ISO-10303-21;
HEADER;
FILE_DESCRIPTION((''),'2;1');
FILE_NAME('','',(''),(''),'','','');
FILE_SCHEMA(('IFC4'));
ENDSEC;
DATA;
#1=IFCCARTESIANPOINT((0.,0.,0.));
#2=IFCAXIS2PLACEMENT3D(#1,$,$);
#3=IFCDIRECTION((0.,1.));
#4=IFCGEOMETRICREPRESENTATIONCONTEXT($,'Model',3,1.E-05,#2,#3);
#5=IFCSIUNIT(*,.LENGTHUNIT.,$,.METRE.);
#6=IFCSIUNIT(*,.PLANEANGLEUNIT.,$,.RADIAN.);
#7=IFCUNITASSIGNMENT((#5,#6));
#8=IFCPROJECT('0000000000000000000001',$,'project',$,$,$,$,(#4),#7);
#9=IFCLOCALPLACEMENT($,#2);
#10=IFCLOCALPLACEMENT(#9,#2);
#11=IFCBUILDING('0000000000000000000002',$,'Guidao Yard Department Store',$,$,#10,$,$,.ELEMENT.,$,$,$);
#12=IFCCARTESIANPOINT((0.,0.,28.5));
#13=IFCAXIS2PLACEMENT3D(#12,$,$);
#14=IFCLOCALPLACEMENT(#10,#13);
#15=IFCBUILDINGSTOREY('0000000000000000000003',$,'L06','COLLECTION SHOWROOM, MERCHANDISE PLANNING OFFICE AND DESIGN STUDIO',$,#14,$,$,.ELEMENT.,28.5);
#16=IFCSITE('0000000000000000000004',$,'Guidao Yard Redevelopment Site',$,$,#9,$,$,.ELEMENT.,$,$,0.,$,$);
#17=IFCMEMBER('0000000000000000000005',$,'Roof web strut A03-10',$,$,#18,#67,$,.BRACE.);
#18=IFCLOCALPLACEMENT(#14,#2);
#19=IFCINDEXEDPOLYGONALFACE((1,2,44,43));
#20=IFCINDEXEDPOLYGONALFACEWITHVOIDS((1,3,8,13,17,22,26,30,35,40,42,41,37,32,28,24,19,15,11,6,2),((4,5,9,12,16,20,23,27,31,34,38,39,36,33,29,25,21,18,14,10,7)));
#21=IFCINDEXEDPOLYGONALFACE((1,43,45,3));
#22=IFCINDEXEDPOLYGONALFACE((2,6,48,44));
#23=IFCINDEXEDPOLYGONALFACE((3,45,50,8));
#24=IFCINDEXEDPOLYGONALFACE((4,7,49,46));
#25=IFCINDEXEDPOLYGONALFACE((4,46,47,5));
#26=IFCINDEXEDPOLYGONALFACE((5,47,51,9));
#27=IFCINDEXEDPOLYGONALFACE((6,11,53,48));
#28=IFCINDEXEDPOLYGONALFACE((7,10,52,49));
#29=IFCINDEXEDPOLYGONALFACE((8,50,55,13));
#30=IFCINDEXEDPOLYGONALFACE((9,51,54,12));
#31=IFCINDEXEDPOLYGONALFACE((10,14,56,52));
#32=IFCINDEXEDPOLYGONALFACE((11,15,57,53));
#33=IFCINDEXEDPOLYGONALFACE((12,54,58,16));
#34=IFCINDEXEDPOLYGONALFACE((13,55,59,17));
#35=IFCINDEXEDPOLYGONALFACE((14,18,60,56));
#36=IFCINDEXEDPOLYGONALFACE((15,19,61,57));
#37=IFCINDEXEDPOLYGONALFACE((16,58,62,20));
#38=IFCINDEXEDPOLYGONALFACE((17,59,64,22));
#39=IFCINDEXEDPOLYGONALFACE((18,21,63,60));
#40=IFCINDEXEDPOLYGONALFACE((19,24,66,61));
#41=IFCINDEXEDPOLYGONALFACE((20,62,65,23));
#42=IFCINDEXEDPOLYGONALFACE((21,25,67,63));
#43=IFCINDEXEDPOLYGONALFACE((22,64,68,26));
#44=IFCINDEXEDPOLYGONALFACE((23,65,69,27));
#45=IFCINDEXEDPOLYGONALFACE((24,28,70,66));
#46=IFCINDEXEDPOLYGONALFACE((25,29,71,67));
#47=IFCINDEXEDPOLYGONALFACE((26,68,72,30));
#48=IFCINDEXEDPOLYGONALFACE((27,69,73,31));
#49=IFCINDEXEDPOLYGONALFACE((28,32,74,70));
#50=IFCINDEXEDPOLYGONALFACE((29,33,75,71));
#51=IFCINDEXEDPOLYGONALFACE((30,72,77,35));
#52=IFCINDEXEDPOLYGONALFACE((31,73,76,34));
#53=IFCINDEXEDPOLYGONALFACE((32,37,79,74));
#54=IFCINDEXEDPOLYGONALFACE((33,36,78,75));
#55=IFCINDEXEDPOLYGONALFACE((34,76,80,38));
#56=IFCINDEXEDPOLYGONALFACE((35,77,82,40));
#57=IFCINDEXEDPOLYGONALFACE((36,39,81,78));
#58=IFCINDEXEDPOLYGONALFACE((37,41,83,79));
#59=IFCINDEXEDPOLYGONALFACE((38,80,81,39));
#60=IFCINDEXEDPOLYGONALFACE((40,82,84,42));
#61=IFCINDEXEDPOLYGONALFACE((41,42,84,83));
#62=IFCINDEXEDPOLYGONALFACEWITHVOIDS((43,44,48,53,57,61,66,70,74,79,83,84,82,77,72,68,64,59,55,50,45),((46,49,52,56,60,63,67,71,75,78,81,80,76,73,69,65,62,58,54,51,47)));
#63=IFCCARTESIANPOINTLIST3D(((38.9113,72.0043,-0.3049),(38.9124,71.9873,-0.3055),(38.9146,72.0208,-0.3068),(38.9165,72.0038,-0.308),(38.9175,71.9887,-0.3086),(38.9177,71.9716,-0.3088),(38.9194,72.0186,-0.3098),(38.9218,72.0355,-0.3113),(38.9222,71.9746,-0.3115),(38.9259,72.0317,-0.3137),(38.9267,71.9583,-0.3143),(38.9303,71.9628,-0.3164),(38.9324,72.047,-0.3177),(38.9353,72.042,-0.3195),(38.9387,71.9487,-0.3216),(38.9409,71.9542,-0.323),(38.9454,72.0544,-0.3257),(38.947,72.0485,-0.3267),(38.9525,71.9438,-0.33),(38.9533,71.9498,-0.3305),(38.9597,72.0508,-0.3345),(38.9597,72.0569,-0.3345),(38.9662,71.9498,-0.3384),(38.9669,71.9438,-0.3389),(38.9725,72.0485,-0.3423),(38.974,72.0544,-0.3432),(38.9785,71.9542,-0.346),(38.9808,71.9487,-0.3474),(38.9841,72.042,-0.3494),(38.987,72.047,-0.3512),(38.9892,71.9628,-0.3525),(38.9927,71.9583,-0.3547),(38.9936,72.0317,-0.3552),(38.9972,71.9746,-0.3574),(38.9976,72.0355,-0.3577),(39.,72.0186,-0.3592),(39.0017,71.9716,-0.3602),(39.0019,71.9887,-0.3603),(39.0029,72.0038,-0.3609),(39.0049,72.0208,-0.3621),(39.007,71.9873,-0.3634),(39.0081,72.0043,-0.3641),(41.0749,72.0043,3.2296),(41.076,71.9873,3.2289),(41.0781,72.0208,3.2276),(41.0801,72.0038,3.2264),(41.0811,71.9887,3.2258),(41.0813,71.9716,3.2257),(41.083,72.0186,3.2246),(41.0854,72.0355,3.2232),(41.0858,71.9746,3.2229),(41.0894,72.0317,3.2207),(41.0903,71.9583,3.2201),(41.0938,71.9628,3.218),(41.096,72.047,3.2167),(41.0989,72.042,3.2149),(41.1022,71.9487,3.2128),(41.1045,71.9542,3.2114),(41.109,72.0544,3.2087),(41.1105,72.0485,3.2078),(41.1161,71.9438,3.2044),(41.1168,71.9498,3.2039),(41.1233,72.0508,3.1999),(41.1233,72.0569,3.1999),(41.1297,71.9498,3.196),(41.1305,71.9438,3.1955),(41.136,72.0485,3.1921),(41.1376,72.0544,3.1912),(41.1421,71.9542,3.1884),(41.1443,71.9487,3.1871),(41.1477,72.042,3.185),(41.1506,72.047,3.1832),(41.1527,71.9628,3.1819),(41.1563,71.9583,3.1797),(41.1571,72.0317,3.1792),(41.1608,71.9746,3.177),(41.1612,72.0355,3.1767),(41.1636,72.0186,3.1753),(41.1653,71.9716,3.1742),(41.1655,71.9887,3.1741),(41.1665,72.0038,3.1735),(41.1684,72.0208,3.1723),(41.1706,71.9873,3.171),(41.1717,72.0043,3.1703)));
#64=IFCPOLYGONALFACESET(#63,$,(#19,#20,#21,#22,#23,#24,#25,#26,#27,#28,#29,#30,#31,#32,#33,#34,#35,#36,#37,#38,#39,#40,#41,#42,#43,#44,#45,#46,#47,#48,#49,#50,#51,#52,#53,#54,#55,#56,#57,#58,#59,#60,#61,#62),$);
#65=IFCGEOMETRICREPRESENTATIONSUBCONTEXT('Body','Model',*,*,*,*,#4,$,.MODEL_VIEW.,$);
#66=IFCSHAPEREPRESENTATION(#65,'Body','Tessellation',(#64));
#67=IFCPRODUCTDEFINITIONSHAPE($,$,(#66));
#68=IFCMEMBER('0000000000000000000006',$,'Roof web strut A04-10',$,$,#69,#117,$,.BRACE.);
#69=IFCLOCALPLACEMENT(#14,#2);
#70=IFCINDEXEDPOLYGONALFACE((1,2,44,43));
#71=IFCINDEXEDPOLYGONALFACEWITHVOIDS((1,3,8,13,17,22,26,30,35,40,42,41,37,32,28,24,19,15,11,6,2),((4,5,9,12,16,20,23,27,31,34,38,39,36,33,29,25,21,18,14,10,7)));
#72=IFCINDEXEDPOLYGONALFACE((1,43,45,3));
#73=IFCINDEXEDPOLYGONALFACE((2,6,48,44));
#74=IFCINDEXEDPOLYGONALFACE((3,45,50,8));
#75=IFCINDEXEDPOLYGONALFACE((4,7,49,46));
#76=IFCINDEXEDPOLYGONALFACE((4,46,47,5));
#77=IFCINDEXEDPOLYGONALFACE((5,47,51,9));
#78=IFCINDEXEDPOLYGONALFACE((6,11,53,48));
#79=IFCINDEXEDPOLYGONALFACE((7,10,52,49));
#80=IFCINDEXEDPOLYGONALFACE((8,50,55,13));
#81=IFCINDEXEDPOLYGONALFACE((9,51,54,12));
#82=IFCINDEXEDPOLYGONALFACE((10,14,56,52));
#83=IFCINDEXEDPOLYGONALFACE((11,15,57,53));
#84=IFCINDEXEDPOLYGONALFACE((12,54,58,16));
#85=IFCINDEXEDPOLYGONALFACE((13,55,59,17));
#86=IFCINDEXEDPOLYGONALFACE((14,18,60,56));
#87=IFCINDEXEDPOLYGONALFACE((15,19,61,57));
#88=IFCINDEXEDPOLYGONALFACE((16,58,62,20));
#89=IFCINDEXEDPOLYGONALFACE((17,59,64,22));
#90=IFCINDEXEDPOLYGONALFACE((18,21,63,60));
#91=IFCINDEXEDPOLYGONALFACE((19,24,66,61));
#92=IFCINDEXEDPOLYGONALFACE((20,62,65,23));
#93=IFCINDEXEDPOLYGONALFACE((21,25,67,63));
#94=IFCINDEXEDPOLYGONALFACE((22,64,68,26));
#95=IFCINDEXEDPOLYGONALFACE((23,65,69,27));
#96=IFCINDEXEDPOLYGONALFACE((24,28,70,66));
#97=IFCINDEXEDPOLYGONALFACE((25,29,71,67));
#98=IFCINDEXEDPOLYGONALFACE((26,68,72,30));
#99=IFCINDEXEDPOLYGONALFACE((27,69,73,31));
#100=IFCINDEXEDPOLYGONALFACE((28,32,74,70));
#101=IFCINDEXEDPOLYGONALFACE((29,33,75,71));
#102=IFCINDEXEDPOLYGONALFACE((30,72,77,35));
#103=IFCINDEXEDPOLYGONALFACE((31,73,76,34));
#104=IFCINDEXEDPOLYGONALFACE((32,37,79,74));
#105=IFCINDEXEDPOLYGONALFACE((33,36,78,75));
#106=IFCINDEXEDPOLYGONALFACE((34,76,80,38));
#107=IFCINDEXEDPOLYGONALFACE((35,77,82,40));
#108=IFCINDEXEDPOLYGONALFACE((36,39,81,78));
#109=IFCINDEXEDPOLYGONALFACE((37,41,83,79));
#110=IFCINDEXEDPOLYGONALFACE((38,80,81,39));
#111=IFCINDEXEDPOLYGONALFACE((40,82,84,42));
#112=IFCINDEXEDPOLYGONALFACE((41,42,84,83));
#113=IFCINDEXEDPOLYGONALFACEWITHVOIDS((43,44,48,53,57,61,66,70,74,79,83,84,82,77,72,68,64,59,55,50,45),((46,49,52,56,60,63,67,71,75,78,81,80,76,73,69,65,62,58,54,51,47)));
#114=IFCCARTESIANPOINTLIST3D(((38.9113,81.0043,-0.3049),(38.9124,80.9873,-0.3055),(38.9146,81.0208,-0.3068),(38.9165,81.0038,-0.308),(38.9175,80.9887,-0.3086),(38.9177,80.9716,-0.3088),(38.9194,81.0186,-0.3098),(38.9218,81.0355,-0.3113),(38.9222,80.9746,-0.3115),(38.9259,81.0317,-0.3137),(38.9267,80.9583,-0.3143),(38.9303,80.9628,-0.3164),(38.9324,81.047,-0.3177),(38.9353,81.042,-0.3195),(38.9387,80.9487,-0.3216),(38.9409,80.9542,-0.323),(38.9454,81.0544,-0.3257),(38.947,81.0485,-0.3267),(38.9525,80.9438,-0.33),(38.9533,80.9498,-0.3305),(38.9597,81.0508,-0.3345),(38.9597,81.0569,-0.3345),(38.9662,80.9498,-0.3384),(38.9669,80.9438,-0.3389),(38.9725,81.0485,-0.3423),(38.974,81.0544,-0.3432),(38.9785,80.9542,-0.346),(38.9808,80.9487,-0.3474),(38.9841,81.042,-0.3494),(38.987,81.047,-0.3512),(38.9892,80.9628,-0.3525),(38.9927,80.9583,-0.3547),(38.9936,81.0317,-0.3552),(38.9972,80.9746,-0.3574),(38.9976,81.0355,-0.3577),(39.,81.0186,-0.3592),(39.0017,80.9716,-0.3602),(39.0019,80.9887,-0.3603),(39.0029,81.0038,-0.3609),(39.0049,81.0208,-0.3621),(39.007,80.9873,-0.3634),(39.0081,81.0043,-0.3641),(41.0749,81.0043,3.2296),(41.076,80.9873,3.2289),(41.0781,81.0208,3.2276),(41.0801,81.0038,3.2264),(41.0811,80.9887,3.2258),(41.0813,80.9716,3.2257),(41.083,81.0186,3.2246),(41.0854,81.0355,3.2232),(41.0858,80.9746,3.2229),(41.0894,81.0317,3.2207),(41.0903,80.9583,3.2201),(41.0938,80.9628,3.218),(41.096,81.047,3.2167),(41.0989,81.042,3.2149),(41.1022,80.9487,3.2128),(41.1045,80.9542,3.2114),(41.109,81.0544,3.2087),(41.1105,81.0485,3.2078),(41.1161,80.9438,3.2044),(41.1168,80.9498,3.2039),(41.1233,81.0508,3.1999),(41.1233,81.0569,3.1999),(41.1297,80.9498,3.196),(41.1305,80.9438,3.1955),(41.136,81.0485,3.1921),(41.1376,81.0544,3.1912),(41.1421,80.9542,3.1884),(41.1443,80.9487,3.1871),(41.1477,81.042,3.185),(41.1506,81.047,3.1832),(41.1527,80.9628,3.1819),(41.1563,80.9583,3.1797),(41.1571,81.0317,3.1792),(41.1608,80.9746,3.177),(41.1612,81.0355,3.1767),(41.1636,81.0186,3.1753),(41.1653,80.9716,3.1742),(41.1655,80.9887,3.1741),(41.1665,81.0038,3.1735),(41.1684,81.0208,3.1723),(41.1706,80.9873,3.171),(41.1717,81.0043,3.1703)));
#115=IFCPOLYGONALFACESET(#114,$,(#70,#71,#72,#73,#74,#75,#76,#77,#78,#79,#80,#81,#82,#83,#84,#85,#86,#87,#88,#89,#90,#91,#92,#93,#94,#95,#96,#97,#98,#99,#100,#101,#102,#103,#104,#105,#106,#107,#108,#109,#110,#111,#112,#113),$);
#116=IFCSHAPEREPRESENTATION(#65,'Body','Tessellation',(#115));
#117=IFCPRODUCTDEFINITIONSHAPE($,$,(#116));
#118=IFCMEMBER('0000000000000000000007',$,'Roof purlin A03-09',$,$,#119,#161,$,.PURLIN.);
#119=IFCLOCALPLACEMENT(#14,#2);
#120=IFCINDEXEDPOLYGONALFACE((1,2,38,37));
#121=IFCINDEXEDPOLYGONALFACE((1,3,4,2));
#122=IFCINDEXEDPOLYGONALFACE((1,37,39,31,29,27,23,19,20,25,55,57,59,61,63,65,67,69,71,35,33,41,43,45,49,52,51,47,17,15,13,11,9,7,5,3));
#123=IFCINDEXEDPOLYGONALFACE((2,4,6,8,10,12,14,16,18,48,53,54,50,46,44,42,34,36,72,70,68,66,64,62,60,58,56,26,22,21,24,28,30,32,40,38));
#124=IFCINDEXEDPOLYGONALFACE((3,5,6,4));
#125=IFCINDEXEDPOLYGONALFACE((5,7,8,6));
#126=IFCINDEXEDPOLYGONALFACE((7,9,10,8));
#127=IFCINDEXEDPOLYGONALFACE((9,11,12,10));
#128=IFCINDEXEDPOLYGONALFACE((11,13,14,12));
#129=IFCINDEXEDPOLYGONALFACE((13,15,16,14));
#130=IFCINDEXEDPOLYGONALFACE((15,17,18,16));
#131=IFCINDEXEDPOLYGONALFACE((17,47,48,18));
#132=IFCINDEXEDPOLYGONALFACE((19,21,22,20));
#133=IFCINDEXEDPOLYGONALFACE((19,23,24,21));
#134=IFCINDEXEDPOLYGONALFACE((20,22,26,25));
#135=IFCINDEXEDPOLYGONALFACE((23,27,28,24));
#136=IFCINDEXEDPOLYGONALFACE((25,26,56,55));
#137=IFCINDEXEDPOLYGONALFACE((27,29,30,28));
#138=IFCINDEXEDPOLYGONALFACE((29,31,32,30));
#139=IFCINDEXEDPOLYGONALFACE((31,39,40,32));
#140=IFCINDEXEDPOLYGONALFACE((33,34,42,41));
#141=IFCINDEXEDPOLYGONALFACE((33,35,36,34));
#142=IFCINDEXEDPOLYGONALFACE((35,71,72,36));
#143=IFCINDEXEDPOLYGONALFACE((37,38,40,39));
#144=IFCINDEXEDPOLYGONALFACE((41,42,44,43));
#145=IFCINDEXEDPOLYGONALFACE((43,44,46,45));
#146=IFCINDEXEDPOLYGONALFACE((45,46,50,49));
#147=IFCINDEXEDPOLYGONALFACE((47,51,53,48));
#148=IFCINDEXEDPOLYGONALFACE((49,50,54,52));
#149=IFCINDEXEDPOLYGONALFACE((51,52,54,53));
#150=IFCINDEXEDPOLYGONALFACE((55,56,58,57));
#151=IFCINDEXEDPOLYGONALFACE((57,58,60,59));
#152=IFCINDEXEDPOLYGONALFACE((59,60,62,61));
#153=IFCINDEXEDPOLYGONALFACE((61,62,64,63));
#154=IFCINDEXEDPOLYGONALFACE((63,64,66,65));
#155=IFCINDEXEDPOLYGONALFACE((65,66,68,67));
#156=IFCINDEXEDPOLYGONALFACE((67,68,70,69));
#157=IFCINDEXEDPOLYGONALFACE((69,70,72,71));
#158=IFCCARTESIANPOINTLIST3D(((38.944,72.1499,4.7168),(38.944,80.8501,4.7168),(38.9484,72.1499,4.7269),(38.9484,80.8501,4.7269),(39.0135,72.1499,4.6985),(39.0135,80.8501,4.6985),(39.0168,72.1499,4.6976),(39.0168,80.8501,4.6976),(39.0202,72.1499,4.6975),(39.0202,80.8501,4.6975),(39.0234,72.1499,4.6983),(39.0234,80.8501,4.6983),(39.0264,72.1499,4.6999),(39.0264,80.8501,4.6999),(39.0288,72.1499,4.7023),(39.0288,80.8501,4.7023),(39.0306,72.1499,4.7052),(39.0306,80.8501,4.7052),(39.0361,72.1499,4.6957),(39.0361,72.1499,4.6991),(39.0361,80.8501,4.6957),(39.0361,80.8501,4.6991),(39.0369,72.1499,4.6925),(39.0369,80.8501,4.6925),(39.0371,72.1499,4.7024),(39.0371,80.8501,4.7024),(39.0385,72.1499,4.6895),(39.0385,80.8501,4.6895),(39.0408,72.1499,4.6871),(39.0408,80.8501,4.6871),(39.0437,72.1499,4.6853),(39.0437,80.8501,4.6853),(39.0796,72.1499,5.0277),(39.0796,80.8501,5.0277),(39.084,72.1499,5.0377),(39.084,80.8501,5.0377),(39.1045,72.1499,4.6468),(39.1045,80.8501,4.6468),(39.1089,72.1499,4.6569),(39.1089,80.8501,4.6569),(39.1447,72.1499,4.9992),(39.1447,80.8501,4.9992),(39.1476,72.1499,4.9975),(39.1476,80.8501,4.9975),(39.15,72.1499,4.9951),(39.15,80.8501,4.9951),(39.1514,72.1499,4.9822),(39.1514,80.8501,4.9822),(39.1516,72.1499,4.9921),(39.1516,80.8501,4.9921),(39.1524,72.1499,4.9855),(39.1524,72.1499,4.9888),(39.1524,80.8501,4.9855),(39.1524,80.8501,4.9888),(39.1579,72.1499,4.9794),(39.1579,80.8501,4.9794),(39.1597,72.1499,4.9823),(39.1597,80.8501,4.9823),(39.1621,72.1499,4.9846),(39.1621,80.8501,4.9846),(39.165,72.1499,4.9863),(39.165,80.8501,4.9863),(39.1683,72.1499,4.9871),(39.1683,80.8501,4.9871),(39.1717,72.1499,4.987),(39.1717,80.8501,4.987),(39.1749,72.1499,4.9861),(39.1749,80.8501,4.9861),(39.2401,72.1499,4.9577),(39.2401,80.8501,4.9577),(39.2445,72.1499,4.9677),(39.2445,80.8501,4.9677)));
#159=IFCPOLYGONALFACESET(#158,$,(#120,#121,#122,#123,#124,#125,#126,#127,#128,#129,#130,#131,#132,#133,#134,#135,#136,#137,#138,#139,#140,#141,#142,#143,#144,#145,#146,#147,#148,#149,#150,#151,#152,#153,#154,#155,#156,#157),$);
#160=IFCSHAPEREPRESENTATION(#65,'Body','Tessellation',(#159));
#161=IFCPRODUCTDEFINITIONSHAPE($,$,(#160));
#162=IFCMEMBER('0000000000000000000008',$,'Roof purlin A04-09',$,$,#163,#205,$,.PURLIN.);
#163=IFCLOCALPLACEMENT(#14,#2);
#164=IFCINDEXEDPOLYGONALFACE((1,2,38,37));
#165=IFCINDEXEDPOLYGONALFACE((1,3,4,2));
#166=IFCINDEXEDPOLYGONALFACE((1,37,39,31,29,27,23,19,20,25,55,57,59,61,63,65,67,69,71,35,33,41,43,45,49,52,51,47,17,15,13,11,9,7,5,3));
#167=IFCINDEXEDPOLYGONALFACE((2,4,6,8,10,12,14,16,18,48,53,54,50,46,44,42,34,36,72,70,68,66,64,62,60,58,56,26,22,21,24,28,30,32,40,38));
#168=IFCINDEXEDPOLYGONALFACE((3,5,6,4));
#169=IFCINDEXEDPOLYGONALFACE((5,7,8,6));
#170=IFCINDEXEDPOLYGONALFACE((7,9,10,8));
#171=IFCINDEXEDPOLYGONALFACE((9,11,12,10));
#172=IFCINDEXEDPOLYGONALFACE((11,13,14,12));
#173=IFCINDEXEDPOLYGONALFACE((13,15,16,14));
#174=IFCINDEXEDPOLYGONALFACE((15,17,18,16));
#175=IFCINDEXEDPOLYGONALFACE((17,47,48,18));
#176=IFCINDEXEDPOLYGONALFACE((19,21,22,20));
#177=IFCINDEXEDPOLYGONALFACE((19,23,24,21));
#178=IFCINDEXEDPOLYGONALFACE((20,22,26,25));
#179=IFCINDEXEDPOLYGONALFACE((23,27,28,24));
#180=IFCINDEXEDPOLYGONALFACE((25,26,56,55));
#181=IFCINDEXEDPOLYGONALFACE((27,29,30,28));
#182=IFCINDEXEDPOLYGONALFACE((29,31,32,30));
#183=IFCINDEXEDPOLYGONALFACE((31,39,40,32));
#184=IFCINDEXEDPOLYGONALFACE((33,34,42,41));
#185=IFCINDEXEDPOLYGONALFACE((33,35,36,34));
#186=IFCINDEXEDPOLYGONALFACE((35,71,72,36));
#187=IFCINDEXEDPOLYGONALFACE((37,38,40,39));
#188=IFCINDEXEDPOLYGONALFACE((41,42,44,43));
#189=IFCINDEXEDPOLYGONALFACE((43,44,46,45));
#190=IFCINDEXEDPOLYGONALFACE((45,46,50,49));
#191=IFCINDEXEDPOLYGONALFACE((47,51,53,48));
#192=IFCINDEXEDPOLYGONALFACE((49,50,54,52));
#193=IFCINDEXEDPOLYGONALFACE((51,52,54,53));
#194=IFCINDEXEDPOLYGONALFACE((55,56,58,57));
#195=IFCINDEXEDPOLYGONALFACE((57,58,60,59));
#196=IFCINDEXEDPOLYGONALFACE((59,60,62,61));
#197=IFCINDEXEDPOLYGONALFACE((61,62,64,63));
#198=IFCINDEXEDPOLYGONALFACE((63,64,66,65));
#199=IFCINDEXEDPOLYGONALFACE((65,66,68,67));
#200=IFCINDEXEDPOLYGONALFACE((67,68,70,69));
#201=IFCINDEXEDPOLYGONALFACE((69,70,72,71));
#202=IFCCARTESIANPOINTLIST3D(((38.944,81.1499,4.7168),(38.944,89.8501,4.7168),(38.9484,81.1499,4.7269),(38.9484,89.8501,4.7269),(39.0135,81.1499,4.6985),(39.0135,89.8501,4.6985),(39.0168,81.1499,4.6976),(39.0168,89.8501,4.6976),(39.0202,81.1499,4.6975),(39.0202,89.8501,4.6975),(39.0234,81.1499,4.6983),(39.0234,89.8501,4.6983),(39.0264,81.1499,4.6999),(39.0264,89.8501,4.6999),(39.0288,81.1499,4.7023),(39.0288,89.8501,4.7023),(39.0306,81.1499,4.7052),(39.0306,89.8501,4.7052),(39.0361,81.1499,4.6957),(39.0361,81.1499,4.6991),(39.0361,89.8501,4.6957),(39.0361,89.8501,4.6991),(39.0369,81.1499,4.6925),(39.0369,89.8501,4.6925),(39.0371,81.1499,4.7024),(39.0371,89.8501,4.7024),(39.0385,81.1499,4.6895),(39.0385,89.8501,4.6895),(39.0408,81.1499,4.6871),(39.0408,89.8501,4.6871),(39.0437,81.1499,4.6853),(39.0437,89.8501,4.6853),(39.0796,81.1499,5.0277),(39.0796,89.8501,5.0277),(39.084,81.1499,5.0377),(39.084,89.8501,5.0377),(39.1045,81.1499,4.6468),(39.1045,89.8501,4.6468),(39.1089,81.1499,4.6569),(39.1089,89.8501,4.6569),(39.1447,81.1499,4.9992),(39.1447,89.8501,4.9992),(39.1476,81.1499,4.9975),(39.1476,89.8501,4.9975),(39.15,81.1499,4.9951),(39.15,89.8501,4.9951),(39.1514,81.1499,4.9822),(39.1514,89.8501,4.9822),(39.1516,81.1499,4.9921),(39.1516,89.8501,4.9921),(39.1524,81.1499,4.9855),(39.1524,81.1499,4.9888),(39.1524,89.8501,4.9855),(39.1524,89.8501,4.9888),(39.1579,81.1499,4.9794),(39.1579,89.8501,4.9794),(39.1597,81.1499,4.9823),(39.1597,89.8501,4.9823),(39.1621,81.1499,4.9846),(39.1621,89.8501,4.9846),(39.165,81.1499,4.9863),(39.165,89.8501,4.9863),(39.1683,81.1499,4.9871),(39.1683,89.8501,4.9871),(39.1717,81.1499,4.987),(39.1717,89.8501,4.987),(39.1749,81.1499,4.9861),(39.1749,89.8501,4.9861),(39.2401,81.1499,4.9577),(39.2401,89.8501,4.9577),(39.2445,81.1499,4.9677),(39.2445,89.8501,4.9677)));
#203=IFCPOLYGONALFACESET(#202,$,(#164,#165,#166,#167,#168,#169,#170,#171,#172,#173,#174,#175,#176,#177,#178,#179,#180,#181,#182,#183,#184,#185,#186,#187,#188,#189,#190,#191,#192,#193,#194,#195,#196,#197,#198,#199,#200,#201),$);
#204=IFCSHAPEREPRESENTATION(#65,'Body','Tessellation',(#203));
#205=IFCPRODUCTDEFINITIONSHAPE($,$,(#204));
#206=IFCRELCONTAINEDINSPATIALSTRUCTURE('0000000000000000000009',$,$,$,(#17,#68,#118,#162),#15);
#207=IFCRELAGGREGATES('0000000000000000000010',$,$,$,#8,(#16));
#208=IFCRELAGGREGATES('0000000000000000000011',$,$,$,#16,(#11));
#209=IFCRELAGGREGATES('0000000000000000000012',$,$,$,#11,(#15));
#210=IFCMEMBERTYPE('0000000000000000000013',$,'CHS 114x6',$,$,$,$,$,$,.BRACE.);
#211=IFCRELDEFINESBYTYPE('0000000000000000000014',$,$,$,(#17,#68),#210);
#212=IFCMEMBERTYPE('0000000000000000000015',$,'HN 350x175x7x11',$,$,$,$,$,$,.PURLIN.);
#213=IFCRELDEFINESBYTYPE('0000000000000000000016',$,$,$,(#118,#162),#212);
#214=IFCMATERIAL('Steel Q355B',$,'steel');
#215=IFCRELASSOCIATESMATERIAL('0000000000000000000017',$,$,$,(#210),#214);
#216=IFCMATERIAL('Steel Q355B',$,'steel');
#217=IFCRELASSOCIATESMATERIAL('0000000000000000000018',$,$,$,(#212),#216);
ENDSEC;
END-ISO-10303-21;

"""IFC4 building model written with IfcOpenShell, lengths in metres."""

from ifc_helpers import new_model, si_unit, direction, frame, origin, origin_2d, place, context, subcontext, project, spatial, hollow_circle, i_section, extrude, material, material_profile, profile_set, type_object, element, save


model = new_model("IFC4")

# Units and contexts
model_context = context("Model", 3, precision=1e-05, world=origin(), true_north=direction((0.0, 1.0)))
body_context = subcontext(model_context, "Body", "Model", "MODEL_VIEW")
ifc_project = project(units=[si_unit("LENGTHUNIT", "METRE"), si_unit("PLANEANGLEUNIT", "RADIAN")], contexts=[model_context])

# Site, building, storey
site_placement = place(None, origin())
site = spatial("IfcSite", under=ifc_project, at=site_placement, Name="Guidao Yard Redevelopment Site", CompositionType="ELEMENT", RefElevation=0.0)
building_placement = place(site_placement, origin())
building = spatial("IfcBuilding", under=site, at=building_placement, Name="Guidao Yard Department Store", CompositionType="ELEMENT")
storey_placement = place(building_placement, frame((0.0, 0.0, 28.5)))
storey = spatial("IfcBuildingStorey", under=building, at=storey_placement, Name="L06", Description="COLLECTION SHOWROOM, MERCHANDISE PLANNING OFFICE AND DESIGN STUDIO", CompositionType="ELEMENT", Elevation=28.5)

# Members
ifc_material_1 = material(Name="Steel Q355B", Category="steel")
ifc_material_profile_1 = material_profile(ifc_material_1, hollow_circle(Radius=0.0569, WallThickness=0.0061, at=origin_2d()), Name="CHS 114x6")
ifc_profile_set_1 = profile_set([ifc_material_profile_1], Name="Steel Q355B")
member_type_1 = type_object("IfcMemberType", Name="CHS 114x6", PredefinedType="BRACE", material=ifc_profile_set_1)
for number, where, z_axis, x_axis, name in (
    (1, (38.9597, 72.0, -0.3345), (0.522091, 0.0, 0.85289), (0.0, 1.0, 0.0), "Roof web strut A03-10"),
    (2, (38.9597, 81.0, -0.3345), (0.522091, 0.0, 0.85289), (0.0, 1.0, 0.0), "Roof web strut A04-10"),
):
    element("IfcMember", number, at=place(storey_placement, frame(where, z_axis=z_axis, x_axis=x_axis)), inside=storey, type_object=member_type_1, Name=name, PredefinedType="BRACE", context=body_context, shape_type="SweptSolid", body=[
        extrude(hollow_circle(Radius=0.0569, WallThickness=0.0061, at=origin_2d()), origin(), (0.0, 0.0, 1.0), 4.144),
    ])
ifc_material_2 = material(Name="Steel Q355B", Category="steel")
ifc_material_profile_2 = material_profile(ifc_material_2, i_section(OverallWidth=0.175, OverallDepth=0.3501, WebThickness=0.0071, FlangeThickness=0.011, FilletRadius=0.0129, at=origin_2d()), Name="HN 350x175x7x11")
ifc_profile_set_2 = profile_set([ifc_material_profile_2], Name="Steel Q355B")
member_type_2 = type_object("IfcMemberType", Name="HN 350x175x7x11", PredefinedType="PURLIN", material=ifc_profile_set_2)
for number, where, z_axis, x_axis, name in (
    (3, (39.0942, 72.1499, 4.8423), (0.0, 1.0, 0.0), (-0.916571, 0.0, 0.399871), "Roof purlin A03-09"),
    (4, (39.0942, 81.1499, 4.8423), (0.0, 1.0, 0.0), (-0.916571, 0.0, 0.399871), "Roof purlin A04-09"),
):
    element("IfcMember", number, at=place(storey_placement, frame(where, z_axis=z_axis, x_axis=x_axis)), inside=storey, type_object=member_type_2, Name=name, PredefinedType="PURLIN", context=body_context, shape_type="SweptSolid", body=[
        extrude(i_section(OverallWidth=0.175, OverallDepth=0.3501, WebThickness=0.0071, FlangeThickness=0.011, FilletRadius=0.0129, at=origin_2d()), origin(), (0.0, 0.0, 1.0), 8.7002),
    ])

save(model, "model.ifc")
